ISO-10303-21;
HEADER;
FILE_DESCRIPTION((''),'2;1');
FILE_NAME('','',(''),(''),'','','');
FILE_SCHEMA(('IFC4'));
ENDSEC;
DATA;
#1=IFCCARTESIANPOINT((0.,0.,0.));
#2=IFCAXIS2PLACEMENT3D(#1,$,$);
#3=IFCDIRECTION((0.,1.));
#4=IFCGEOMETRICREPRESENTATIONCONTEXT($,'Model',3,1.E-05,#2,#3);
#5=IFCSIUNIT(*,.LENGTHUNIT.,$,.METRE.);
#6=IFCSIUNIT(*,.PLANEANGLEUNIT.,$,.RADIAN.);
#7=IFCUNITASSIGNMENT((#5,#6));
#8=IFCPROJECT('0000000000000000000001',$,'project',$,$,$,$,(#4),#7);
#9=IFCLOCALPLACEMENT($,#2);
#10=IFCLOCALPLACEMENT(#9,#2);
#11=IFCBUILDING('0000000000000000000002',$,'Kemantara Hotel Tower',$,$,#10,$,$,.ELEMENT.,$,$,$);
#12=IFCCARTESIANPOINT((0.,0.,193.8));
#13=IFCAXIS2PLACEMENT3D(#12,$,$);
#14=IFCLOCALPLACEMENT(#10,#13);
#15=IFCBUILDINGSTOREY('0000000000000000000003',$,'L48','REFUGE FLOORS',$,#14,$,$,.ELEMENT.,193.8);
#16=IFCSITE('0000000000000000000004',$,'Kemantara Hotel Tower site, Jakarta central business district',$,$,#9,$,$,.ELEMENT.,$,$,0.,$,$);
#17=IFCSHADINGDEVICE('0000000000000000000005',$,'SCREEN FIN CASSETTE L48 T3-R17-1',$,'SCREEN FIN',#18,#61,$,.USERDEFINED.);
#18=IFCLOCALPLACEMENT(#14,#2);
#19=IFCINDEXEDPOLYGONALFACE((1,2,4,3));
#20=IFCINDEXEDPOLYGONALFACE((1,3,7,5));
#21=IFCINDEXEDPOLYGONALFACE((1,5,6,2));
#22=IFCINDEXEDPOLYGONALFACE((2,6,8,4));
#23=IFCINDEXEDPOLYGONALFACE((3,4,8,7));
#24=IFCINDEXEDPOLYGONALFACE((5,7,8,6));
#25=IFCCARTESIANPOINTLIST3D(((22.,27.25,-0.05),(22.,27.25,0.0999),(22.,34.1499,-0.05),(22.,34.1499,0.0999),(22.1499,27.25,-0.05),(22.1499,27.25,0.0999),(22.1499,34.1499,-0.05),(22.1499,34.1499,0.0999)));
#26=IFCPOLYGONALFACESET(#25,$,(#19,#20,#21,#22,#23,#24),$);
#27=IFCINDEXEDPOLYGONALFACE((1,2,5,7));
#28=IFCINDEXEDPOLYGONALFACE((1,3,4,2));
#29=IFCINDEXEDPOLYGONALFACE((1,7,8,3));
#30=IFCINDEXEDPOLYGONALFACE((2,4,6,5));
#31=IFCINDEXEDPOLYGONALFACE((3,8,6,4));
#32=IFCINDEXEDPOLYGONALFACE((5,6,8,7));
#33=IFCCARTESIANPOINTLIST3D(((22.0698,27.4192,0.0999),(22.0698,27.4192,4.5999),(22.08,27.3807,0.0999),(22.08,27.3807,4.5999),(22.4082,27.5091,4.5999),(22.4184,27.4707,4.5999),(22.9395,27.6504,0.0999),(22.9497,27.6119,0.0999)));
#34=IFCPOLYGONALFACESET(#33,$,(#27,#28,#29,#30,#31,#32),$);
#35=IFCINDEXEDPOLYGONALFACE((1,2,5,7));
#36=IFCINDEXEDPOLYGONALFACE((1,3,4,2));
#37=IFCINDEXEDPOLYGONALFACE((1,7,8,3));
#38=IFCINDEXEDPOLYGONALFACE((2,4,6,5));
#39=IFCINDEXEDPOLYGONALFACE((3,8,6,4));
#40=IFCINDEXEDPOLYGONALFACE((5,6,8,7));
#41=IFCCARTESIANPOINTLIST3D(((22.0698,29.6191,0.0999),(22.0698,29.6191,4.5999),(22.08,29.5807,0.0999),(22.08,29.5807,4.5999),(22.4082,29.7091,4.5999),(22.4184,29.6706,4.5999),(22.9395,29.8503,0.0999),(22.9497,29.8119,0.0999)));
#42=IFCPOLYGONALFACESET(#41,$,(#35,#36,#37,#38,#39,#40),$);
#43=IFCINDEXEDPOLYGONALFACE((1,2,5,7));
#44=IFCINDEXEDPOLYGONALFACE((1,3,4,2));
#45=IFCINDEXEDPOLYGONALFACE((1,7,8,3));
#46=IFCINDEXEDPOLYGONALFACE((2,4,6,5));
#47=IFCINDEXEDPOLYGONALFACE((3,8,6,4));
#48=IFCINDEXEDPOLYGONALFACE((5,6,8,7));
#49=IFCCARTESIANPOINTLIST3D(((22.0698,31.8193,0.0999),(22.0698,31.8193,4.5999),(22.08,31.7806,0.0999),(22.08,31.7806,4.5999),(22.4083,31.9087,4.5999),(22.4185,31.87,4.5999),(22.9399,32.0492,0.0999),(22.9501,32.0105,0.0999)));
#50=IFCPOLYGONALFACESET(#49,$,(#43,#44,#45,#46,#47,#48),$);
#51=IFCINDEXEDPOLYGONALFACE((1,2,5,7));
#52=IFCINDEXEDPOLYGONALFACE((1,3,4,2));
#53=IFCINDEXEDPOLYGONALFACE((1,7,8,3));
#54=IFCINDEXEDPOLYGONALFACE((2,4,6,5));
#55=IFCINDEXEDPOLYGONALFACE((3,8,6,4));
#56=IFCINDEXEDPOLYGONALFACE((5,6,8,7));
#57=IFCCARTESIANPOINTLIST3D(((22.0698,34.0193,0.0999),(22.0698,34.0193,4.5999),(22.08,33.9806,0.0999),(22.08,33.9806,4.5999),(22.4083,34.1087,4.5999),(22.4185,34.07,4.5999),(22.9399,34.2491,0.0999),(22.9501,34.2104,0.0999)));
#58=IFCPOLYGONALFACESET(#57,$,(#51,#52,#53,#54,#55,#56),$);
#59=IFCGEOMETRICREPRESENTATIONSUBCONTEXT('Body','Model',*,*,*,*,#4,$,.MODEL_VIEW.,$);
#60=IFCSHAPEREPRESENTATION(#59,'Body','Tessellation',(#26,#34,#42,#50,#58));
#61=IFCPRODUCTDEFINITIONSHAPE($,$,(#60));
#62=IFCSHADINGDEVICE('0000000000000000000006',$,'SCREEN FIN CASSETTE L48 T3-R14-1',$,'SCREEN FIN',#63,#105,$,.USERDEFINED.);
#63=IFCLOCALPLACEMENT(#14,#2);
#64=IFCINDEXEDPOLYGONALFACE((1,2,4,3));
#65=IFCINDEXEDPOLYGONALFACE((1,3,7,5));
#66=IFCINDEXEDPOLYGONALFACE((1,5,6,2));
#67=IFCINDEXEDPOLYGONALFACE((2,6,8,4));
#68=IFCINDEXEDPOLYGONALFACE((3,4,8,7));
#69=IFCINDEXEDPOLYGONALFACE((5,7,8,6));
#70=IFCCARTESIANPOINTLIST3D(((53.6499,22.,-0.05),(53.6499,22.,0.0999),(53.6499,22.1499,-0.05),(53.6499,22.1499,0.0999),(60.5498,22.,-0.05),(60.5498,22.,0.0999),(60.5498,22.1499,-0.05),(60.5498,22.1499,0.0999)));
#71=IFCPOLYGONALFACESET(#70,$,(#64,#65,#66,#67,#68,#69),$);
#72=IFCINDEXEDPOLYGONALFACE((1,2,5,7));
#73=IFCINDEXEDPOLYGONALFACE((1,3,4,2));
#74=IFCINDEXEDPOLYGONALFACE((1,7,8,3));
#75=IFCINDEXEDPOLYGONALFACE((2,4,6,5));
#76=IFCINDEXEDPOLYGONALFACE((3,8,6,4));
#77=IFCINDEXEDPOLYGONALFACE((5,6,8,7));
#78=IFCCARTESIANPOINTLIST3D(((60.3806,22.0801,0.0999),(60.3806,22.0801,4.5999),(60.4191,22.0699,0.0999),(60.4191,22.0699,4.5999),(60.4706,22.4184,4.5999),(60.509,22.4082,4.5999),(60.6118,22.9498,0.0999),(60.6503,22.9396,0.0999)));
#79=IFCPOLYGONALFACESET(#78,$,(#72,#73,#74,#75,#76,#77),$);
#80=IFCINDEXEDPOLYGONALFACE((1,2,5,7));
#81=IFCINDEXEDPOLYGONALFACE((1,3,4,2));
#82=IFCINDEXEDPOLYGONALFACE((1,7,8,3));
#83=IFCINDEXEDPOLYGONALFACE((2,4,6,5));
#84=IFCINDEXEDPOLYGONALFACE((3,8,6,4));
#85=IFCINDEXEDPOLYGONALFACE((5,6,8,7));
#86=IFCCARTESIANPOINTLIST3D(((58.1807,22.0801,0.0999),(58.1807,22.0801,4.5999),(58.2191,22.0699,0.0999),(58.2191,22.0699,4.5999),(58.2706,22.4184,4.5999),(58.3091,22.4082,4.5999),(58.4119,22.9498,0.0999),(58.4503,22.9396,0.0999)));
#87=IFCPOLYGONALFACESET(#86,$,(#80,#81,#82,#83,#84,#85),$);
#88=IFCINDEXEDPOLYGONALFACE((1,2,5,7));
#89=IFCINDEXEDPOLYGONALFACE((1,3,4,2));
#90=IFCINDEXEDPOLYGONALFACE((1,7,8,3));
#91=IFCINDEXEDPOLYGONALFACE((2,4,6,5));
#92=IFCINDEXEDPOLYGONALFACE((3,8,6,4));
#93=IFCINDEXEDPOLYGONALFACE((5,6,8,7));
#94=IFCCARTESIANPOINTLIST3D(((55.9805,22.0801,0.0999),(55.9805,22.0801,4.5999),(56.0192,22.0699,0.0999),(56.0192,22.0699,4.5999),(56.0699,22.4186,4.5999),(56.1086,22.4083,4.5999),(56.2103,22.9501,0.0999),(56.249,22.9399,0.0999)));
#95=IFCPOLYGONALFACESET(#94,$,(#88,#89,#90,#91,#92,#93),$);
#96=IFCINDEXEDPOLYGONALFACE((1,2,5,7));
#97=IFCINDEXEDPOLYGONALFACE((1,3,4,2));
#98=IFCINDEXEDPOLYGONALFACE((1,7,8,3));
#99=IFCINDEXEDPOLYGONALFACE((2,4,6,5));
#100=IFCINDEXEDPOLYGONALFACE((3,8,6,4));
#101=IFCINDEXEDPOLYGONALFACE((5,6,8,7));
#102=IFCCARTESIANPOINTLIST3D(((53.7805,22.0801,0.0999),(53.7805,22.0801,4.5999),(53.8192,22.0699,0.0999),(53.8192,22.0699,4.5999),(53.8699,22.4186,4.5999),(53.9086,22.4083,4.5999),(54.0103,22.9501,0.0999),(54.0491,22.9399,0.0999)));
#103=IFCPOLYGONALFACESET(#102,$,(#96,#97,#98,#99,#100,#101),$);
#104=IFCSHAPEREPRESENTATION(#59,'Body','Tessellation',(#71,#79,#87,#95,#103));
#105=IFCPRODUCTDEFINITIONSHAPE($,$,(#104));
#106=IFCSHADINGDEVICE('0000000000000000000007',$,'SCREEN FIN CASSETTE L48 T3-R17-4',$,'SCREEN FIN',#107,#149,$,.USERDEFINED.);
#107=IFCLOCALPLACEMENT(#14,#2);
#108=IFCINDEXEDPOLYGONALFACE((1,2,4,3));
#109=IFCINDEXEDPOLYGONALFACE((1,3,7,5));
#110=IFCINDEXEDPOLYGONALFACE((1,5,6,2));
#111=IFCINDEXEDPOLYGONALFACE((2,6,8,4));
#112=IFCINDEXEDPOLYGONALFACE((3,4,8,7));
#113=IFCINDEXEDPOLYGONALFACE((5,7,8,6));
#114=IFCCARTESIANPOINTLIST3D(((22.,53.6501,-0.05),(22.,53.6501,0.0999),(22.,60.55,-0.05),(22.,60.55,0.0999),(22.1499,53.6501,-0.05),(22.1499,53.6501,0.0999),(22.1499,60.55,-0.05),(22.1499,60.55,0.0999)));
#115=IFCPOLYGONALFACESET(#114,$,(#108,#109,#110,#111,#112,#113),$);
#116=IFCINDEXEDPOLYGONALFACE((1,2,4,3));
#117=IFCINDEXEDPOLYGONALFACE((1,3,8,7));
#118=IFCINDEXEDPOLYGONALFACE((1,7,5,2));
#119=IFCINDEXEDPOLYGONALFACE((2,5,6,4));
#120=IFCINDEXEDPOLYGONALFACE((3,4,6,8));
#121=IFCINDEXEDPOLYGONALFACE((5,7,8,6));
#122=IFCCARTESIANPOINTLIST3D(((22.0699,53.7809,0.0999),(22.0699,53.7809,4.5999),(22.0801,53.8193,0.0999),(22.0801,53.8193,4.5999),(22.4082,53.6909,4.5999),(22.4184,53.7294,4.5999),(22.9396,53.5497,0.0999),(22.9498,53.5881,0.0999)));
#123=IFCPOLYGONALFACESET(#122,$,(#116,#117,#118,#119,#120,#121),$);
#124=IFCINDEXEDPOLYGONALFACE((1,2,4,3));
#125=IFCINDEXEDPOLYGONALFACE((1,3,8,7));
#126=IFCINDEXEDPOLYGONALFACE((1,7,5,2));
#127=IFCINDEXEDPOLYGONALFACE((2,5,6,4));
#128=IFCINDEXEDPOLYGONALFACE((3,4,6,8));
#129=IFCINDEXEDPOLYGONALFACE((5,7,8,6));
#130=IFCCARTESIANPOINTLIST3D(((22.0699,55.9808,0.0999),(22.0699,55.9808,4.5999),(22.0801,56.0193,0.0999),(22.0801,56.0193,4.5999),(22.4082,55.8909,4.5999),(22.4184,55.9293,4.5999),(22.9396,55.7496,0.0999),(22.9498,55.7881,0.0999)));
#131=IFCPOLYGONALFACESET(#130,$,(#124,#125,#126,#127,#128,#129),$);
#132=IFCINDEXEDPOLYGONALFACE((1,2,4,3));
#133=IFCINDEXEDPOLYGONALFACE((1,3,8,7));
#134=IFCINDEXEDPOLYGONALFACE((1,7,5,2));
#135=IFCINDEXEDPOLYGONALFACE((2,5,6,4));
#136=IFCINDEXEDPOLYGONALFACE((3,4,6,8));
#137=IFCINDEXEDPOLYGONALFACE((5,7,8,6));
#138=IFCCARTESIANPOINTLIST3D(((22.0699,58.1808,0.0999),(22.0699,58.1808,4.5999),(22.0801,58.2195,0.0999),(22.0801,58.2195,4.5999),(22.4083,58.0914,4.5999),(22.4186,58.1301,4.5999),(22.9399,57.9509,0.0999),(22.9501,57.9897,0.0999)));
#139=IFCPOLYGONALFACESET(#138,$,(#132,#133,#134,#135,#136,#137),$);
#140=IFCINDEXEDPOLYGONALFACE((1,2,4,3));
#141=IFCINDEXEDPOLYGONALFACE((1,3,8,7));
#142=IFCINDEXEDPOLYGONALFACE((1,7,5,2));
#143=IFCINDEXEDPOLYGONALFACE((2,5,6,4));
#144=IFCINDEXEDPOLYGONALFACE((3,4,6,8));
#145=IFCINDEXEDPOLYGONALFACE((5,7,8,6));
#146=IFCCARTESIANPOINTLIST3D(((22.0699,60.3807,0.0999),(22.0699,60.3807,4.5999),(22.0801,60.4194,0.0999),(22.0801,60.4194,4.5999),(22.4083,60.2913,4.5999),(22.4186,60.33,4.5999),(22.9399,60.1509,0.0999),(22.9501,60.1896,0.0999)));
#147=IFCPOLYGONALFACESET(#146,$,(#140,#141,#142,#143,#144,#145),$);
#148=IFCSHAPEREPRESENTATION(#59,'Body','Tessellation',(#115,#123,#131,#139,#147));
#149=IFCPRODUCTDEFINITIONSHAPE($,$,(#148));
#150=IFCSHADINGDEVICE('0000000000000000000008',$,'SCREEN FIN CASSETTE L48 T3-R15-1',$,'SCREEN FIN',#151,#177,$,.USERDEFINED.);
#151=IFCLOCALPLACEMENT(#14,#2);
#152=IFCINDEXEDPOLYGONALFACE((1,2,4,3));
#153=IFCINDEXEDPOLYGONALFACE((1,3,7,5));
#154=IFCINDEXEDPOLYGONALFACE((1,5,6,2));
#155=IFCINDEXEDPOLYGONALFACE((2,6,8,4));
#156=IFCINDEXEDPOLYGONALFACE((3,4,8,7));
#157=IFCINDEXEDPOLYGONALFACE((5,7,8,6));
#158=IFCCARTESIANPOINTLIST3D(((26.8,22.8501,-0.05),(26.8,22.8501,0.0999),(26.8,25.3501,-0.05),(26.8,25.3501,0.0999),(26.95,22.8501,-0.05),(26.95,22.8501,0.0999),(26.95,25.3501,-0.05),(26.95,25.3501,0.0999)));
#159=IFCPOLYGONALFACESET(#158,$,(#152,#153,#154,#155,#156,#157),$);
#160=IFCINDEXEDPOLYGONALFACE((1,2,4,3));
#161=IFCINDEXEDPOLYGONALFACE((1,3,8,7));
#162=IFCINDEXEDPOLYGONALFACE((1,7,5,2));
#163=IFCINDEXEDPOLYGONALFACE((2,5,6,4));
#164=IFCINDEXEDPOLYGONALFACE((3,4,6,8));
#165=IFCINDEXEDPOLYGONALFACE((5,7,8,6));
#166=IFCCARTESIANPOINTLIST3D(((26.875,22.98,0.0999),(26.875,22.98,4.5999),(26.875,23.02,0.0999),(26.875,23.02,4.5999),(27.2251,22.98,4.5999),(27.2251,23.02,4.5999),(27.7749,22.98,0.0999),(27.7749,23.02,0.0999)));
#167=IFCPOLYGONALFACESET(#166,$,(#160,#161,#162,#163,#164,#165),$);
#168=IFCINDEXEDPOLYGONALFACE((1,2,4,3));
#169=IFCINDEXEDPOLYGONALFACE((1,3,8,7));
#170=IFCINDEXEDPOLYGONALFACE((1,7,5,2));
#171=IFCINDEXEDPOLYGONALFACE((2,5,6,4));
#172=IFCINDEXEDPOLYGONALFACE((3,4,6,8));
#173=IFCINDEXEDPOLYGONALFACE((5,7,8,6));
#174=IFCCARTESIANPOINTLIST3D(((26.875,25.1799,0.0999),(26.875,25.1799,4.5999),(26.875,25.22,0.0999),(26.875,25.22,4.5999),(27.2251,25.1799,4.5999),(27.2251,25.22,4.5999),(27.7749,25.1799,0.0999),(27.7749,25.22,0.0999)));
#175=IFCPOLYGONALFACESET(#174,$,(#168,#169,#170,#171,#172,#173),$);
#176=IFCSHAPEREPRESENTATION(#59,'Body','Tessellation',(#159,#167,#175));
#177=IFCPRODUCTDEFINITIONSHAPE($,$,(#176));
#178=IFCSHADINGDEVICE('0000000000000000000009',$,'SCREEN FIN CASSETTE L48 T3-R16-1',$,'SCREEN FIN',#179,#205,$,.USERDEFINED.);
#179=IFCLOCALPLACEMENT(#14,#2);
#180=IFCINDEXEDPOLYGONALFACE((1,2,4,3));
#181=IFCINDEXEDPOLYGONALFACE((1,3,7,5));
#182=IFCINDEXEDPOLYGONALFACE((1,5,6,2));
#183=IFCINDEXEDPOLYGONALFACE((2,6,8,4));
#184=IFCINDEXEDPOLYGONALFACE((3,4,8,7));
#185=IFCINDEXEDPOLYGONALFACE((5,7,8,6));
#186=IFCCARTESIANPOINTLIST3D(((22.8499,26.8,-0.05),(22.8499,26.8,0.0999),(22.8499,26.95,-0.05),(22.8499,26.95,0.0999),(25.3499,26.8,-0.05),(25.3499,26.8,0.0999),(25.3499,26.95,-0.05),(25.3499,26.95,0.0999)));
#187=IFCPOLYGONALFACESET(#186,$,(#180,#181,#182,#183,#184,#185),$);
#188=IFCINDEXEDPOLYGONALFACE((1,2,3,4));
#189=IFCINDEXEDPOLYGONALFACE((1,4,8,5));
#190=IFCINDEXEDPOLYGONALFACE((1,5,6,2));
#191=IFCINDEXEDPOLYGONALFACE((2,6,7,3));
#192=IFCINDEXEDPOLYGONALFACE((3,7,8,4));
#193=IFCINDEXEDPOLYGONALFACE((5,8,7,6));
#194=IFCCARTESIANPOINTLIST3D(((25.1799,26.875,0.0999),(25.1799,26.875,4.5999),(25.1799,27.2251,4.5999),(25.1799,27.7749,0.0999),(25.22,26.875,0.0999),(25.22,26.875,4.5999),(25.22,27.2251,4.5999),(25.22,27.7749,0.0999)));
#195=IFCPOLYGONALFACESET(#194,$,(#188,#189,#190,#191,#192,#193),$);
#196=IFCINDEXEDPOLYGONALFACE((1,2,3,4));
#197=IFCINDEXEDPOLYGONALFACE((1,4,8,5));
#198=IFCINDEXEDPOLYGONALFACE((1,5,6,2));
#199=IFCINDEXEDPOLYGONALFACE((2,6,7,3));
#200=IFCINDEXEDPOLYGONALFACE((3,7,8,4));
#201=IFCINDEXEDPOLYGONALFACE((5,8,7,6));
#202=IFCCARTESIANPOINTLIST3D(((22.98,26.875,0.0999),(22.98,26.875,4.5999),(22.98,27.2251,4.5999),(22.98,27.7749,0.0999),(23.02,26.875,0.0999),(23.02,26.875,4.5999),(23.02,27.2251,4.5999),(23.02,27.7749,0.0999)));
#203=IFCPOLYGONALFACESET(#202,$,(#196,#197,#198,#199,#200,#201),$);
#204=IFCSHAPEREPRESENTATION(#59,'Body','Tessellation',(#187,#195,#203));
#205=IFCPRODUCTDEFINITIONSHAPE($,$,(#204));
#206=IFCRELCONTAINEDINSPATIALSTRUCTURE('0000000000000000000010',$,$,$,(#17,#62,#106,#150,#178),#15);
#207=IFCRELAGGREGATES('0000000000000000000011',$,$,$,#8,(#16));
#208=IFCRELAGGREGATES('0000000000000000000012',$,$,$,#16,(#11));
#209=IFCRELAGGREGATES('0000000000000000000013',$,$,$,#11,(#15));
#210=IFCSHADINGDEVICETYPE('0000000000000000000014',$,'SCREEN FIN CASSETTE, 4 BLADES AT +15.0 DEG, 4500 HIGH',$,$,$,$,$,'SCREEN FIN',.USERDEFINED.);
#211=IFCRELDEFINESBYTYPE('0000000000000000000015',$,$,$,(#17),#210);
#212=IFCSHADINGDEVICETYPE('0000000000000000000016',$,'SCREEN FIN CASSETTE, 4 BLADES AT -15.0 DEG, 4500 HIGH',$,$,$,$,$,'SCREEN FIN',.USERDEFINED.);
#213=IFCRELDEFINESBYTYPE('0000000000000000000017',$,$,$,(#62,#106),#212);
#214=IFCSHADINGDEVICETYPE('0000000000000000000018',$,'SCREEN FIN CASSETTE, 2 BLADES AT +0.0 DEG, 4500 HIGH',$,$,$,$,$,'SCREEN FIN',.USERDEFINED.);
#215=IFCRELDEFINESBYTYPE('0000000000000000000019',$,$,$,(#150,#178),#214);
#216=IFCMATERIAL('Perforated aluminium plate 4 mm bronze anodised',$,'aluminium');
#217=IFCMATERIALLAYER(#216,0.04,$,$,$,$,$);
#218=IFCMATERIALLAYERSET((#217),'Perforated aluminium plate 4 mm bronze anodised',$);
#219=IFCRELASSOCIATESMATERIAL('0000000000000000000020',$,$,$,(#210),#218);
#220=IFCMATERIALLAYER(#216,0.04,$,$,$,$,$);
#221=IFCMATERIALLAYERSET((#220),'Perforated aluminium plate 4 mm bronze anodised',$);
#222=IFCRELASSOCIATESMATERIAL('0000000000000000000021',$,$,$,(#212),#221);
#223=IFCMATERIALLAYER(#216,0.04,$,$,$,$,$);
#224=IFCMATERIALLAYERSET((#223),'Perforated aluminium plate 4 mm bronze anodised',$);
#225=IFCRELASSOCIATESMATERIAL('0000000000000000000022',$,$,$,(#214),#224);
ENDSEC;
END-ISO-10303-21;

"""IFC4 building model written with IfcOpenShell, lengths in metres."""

from ifc_helpers import new_model, si_unit, direction, frame, origin, origin_2d, place, context, subcontext, project, spatial, polyline, rectangle, outline, extrude, source, transform, mapped, material, layer, layer_set, type_object, element, save


model = new_model("IFC4")

# Units and contexts
model_context = context("Model", 3, precision=1e-05, world=origin(), true_north=direction((0.0, 1.0)))
body_context = subcontext(model_context, "Body", "Model", "MODEL_VIEW")
ifc_project = project(units=[si_unit("LENGTHUNIT", "METRE"), si_unit("PLANEANGLEUNIT", "RADIAN")], contexts=[model_context])

# Site, building, storey
site_placement = place(None, origin())
site = spatial("IfcSite", under=ifc_project, at=site_placement, Name="Kemantara Hotel Tower site, Jakarta central business district", CompositionType="ELEMENT", RefElevation=0.0)
building_placement = place(site_placement, origin())
building = spatial("IfcBuilding", under=site, at=building_placement, Name="Kemantara Hotel Tower", CompositionType="ELEMENT")
storey_placement = place(building_placement, frame((0.0, 0.0, 193.8)))
storey = spatial("IfcBuildingStorey", under=building, at=storey_placement, Name="L48", Description="REFUGE FLOORS", CompositionType="ELEMENT", Elevation=193.8)

# Shading devices
ifc_material_1 = material(Name="Perforated aluminium plate 4 mm bronze anodised", Category="aluminium")
ifc_layer_1 = layer(ifc_material_1, 0.04)
ifc_layer_set_1 = layer_set([ifc_layer_1], Name="Perforated aluminium plate 4 mm bronze anodised")
shading_device_type_1 = type_object("IfcShadingDeviceType", Name="SCREEN FIN CASSETTE, 4 BLADES AT +15.0 DEG, 4500 HIGH", ElementType="SCREEN FIN", PredefinedType="USERDEFINED", material=ifc_layer_set_1)
shared_shape_1 = source(origin(), body_context, "Body", "SweptSolid", [
    extrude(rectangle(XDim=6.8999, YDim=0.1499, at=origin_2d()), frame((3.3, -0.075, -0.1499), z_axis=(0.0, 0.0, 1.0), x_axis=(1.0, 0.0, 0.0)), (0.0, 0.0, 1.0), 0.1499),
    extrude(outline(polyline([(0.0, 0.0), (0.8999, 0.0), (0.3501, 4.5), (0.0, 4.5), (0.0, 0.0)])), frame((0.0193, -0.0698, 0.0), z_axis=(-0.966438, -0.256901, 0.0), x_axis=(0.256901, -0.966438, 0.0)), (0.0, 0.0, 1.0), 0.0398),
    extrude(outline(polyline([(0.0, 0.0), (0.8999, 0.0), (0.3501, 4.5), (0.0, 4.5), (0.0, 0.0)])), frame((2.2192, -0.0698, 0.0), z_axis=(-0.966438, -0.256901, 0.0), x_axis=(0.256901, -0.966438, 0.0)), (0.0, 0.0, 1.0), 0.0398),
    extrude(outline(polyline([(0.0, 0.0), (0.8999, 0.0), (0.3501, 4.5), (0.0, 4.5), (0.0, 0.0)])), frame((4.4194, -0.0698, 0.0), z_axis=(-0.966838, -0.255391, 0.0), x_axis=(0.255391, -0.966838, 0.0)), (0.0, 0.0, 1.0), 0.04),
    extrude(outline(polyline([(0.0, 0.0), (0.8999, 0.0), (0.3501, 4.5), (0.0, 4.5), (0.0, 0.0)])), frame((6.6194, -0.0698, 0.0), z_axis=(-0.966838, -0.255391, 0.0), x_axis=(0.255391, -0.966838, 0.0)), (0.0, 0.0, 1.0), 0.04),
])
for number, where, z_axis, x_axis, name in (
    (1, (22.0, 27.3999, 0.0999), (0.0, 0.0, 1.0), (0.0, 1.0, 0.0), "SCREEN FIN CASSETTE L48 T3-R17-1"),
):
    element("IfcShadingDevice", number, at=place(storey_placement, frame(where, z_axis=z_axis, x_axis=x_axis)), inside=storey, type_object=shading_device_type_1, Name=name, ObjectType="SCREEN FIN", PredefinedType="USERDEFINED", context=body_context, shape_type="MappedRepresentation", body=[
        mapped(shared_shape_1, transform((0.0, 0.0, 0.0))),
    ])
ifc_layer_2 = layer(ifc_material_1, 0.04)
ifc_layer_set_2 = layer_set([ifc_layer_2], Name="Perforated aluminium plate 4 mm bronze anodised")
shading_device_type_2 = type_object("IfcShadingDeviceType", Name="SCREEN FIN CASSETTE, 4 BLADES AT -15.0 DEG, 4500 HIGH", ElementType="SCREEN FIN", PredefinedType="USERDEFINED", material=ifc_layer_set_2)
shared_shape_2 = source(origin(), body_context, "Body", "SweptSolid", [
    extrude(rectangle(XDim=6.8999, YDim=0.1499, at=origin_2d()), frame((3.3, -0.075, -0.1499), z_axis=(0.0, 0.0, 1.0), x_axis=(1.0, 0.0, 0.0)), (0.0, 0.0, 1.0), 0.1499),
    extrude(outline(polyline([(0.0, 0.0), (0.8999, 0.0), (0.3501, 4.5), (0.0, 4.5), (0.0, 0.0)])), frame((0.0193, -0.0801, 0.0), z_axis=(-0.966438, 0.256901, 0.0), x_axis=(-0.256901, -0.966438, 0.0)), (0.0, 0.0, 1.0), 0.0398),
    extrude(outline(polyline([(0.0, 0.0), (0.8999, 0.0), (0.3501, 4.5), (0.0, 4.5), (0.0, 0.0)])), frame((2.2192, -0.0801, 0.0), z_axis=(-0.966438, 0.256901, 0.0), x_axis=(-0.256901, -0.966438, 0.0)), (0.0, 0.0, 1.0), 0.0398),
    extrude(outline(polyline([(0.0, 0.0), (0.8999, 0.0), (0.3501, 4.5), (0.0, 4.5), (0.0, 0.0)])), frame((4.4194, -0.0801, 0.0), z_axis=(-0.966838, 0.255391, 0.0), x_axis=(-0.255391, -0.966838, 0.0)), (0.0, 0.0, 1.0), 0.04),
    extrude(outline(polyline([(0.0, 0.0), (0.8999, 0.0), (0.3501, 4.5), (0.0, 4.5), (0.0, 0.0)])), frame((6.6194, -0.0801, 0.0), z_axis=(-0.966838, 0.255391, 0.0), x_axis=(-0.255391, -0.966838, 0.0)), (0.0, 0.0, 1.0), 0.04),
])
for number, where, z_axis, x_axis, name in (
    (2, (60.3999, 22.0, 0.0999), (0.0, 0.0, 1.0), (-1.0, 0.0, 0.0), "SCREEN FIN CASSETTE L48 T3-R14-1"),
    (3, (22.0, 53.8, 0.0999), (0.0, 0.0, 1.0), (0.0, 1.0, 0.0), "SCREEN FIN CASSETTE L48 T3-R17-4"),
):
    element("IfcShadingDevice", number, at=place(storey_placement, frame(where, z_axis=z_axis, x_axis=x_axis)), inside=storey, type_object=shading_device_type_2, Name=name, ObjectType="SCREEN FIN", PredefinedType="USERDEFINED", context=body_context, shape_type="MappedRepresentation", body=[
        mapped(shared_shape_2, transform((0.0, 0.0, 0.0))),
    ])
ifc_layer_3 = layer(ifc_material_1, 0.04)
ifc_layer_set_3 = layer_set([ifc_layer_3], Name="Perforated aluminium plate 4 mm bronze anodised")
shading_device_type_3 = type_object("IfcShadingDeviceType", Name="SCREEN FIN CASSETTE, 2 BLADES AT +0.0 DEG, 4500 HIGH", ElementType="SCREEN FIN", PredefinedType="USERDEFINED", material=ifc_layer_set_3)
shared_shape_3 = source(origin(), body_context, "Body", "SweptSolid", [
    extrude(rectangle(XDim=2.5, YDim=0.1499, at=origin_2d()), frame((1.1001, -0.075, -0.1499), z_axis=(0.0, 0.0, 1.0), x_axis=(1.0, 0.0, 0.0)), (0.0, 0.0, 1.0), 0.1499),
    extrude(outline(polyline([(0.0, 0.0), (0.8999, 0.0), (0.3501, 4.5), (0.0, 4.5), (0.0, 0.0)])), frame((0.02, -0.075, 0.0), z_axis=(-1.0, 0.0, 0.0), x_axis=(0.0, -1.0, 0.0)), (0.0, 0.0, 1.0), 0.04),
    extrude(outline(polyline([(0.0, 0.0), (0.8999, 0.0), (0.3501, 4.5), (0.0, 4.5), (0.0, 0.0)])), frame((2.22, -0.075, 0.0), z_axis=(-1.0, 0.0, 0.0), x_axis=(0.0, -1.0, 0.0)), (0.0, 0.0, 1.0), 0.04),
])
for number, where, z_axis, x_axis, name in (
    (4, (26.8, 23.0, 0.0999), (0.0, 0.0, 1.0), (0.0, 1.0, 0.0), "SCREEN FIN CASSETTE L48 T3-R15-1"),
    (5, (25.2, 26.8, 0.0999), (0.0, 0.0, 1.0), (-1.0, 0.0, 0.0), "SCREEN FIN CASSETTE L48 T3-R16-1"),
):
    element("IfcShadingDevice", number, at=place(storey_placement, frame(where, z_axis=z_axis, x_axis=x_axis)), inside=storey, type_object=shading_device_type_3, Name=name, ObjectType="SCREEN FIN", PredefinedType="USERDEFINED", context=body_context, shape_type="MappedRepresentation", body=[
        mapped(shared_shape_3, transform((0.0, 0.0, 0.0))),
    ])

save(model, "model.ifc")
